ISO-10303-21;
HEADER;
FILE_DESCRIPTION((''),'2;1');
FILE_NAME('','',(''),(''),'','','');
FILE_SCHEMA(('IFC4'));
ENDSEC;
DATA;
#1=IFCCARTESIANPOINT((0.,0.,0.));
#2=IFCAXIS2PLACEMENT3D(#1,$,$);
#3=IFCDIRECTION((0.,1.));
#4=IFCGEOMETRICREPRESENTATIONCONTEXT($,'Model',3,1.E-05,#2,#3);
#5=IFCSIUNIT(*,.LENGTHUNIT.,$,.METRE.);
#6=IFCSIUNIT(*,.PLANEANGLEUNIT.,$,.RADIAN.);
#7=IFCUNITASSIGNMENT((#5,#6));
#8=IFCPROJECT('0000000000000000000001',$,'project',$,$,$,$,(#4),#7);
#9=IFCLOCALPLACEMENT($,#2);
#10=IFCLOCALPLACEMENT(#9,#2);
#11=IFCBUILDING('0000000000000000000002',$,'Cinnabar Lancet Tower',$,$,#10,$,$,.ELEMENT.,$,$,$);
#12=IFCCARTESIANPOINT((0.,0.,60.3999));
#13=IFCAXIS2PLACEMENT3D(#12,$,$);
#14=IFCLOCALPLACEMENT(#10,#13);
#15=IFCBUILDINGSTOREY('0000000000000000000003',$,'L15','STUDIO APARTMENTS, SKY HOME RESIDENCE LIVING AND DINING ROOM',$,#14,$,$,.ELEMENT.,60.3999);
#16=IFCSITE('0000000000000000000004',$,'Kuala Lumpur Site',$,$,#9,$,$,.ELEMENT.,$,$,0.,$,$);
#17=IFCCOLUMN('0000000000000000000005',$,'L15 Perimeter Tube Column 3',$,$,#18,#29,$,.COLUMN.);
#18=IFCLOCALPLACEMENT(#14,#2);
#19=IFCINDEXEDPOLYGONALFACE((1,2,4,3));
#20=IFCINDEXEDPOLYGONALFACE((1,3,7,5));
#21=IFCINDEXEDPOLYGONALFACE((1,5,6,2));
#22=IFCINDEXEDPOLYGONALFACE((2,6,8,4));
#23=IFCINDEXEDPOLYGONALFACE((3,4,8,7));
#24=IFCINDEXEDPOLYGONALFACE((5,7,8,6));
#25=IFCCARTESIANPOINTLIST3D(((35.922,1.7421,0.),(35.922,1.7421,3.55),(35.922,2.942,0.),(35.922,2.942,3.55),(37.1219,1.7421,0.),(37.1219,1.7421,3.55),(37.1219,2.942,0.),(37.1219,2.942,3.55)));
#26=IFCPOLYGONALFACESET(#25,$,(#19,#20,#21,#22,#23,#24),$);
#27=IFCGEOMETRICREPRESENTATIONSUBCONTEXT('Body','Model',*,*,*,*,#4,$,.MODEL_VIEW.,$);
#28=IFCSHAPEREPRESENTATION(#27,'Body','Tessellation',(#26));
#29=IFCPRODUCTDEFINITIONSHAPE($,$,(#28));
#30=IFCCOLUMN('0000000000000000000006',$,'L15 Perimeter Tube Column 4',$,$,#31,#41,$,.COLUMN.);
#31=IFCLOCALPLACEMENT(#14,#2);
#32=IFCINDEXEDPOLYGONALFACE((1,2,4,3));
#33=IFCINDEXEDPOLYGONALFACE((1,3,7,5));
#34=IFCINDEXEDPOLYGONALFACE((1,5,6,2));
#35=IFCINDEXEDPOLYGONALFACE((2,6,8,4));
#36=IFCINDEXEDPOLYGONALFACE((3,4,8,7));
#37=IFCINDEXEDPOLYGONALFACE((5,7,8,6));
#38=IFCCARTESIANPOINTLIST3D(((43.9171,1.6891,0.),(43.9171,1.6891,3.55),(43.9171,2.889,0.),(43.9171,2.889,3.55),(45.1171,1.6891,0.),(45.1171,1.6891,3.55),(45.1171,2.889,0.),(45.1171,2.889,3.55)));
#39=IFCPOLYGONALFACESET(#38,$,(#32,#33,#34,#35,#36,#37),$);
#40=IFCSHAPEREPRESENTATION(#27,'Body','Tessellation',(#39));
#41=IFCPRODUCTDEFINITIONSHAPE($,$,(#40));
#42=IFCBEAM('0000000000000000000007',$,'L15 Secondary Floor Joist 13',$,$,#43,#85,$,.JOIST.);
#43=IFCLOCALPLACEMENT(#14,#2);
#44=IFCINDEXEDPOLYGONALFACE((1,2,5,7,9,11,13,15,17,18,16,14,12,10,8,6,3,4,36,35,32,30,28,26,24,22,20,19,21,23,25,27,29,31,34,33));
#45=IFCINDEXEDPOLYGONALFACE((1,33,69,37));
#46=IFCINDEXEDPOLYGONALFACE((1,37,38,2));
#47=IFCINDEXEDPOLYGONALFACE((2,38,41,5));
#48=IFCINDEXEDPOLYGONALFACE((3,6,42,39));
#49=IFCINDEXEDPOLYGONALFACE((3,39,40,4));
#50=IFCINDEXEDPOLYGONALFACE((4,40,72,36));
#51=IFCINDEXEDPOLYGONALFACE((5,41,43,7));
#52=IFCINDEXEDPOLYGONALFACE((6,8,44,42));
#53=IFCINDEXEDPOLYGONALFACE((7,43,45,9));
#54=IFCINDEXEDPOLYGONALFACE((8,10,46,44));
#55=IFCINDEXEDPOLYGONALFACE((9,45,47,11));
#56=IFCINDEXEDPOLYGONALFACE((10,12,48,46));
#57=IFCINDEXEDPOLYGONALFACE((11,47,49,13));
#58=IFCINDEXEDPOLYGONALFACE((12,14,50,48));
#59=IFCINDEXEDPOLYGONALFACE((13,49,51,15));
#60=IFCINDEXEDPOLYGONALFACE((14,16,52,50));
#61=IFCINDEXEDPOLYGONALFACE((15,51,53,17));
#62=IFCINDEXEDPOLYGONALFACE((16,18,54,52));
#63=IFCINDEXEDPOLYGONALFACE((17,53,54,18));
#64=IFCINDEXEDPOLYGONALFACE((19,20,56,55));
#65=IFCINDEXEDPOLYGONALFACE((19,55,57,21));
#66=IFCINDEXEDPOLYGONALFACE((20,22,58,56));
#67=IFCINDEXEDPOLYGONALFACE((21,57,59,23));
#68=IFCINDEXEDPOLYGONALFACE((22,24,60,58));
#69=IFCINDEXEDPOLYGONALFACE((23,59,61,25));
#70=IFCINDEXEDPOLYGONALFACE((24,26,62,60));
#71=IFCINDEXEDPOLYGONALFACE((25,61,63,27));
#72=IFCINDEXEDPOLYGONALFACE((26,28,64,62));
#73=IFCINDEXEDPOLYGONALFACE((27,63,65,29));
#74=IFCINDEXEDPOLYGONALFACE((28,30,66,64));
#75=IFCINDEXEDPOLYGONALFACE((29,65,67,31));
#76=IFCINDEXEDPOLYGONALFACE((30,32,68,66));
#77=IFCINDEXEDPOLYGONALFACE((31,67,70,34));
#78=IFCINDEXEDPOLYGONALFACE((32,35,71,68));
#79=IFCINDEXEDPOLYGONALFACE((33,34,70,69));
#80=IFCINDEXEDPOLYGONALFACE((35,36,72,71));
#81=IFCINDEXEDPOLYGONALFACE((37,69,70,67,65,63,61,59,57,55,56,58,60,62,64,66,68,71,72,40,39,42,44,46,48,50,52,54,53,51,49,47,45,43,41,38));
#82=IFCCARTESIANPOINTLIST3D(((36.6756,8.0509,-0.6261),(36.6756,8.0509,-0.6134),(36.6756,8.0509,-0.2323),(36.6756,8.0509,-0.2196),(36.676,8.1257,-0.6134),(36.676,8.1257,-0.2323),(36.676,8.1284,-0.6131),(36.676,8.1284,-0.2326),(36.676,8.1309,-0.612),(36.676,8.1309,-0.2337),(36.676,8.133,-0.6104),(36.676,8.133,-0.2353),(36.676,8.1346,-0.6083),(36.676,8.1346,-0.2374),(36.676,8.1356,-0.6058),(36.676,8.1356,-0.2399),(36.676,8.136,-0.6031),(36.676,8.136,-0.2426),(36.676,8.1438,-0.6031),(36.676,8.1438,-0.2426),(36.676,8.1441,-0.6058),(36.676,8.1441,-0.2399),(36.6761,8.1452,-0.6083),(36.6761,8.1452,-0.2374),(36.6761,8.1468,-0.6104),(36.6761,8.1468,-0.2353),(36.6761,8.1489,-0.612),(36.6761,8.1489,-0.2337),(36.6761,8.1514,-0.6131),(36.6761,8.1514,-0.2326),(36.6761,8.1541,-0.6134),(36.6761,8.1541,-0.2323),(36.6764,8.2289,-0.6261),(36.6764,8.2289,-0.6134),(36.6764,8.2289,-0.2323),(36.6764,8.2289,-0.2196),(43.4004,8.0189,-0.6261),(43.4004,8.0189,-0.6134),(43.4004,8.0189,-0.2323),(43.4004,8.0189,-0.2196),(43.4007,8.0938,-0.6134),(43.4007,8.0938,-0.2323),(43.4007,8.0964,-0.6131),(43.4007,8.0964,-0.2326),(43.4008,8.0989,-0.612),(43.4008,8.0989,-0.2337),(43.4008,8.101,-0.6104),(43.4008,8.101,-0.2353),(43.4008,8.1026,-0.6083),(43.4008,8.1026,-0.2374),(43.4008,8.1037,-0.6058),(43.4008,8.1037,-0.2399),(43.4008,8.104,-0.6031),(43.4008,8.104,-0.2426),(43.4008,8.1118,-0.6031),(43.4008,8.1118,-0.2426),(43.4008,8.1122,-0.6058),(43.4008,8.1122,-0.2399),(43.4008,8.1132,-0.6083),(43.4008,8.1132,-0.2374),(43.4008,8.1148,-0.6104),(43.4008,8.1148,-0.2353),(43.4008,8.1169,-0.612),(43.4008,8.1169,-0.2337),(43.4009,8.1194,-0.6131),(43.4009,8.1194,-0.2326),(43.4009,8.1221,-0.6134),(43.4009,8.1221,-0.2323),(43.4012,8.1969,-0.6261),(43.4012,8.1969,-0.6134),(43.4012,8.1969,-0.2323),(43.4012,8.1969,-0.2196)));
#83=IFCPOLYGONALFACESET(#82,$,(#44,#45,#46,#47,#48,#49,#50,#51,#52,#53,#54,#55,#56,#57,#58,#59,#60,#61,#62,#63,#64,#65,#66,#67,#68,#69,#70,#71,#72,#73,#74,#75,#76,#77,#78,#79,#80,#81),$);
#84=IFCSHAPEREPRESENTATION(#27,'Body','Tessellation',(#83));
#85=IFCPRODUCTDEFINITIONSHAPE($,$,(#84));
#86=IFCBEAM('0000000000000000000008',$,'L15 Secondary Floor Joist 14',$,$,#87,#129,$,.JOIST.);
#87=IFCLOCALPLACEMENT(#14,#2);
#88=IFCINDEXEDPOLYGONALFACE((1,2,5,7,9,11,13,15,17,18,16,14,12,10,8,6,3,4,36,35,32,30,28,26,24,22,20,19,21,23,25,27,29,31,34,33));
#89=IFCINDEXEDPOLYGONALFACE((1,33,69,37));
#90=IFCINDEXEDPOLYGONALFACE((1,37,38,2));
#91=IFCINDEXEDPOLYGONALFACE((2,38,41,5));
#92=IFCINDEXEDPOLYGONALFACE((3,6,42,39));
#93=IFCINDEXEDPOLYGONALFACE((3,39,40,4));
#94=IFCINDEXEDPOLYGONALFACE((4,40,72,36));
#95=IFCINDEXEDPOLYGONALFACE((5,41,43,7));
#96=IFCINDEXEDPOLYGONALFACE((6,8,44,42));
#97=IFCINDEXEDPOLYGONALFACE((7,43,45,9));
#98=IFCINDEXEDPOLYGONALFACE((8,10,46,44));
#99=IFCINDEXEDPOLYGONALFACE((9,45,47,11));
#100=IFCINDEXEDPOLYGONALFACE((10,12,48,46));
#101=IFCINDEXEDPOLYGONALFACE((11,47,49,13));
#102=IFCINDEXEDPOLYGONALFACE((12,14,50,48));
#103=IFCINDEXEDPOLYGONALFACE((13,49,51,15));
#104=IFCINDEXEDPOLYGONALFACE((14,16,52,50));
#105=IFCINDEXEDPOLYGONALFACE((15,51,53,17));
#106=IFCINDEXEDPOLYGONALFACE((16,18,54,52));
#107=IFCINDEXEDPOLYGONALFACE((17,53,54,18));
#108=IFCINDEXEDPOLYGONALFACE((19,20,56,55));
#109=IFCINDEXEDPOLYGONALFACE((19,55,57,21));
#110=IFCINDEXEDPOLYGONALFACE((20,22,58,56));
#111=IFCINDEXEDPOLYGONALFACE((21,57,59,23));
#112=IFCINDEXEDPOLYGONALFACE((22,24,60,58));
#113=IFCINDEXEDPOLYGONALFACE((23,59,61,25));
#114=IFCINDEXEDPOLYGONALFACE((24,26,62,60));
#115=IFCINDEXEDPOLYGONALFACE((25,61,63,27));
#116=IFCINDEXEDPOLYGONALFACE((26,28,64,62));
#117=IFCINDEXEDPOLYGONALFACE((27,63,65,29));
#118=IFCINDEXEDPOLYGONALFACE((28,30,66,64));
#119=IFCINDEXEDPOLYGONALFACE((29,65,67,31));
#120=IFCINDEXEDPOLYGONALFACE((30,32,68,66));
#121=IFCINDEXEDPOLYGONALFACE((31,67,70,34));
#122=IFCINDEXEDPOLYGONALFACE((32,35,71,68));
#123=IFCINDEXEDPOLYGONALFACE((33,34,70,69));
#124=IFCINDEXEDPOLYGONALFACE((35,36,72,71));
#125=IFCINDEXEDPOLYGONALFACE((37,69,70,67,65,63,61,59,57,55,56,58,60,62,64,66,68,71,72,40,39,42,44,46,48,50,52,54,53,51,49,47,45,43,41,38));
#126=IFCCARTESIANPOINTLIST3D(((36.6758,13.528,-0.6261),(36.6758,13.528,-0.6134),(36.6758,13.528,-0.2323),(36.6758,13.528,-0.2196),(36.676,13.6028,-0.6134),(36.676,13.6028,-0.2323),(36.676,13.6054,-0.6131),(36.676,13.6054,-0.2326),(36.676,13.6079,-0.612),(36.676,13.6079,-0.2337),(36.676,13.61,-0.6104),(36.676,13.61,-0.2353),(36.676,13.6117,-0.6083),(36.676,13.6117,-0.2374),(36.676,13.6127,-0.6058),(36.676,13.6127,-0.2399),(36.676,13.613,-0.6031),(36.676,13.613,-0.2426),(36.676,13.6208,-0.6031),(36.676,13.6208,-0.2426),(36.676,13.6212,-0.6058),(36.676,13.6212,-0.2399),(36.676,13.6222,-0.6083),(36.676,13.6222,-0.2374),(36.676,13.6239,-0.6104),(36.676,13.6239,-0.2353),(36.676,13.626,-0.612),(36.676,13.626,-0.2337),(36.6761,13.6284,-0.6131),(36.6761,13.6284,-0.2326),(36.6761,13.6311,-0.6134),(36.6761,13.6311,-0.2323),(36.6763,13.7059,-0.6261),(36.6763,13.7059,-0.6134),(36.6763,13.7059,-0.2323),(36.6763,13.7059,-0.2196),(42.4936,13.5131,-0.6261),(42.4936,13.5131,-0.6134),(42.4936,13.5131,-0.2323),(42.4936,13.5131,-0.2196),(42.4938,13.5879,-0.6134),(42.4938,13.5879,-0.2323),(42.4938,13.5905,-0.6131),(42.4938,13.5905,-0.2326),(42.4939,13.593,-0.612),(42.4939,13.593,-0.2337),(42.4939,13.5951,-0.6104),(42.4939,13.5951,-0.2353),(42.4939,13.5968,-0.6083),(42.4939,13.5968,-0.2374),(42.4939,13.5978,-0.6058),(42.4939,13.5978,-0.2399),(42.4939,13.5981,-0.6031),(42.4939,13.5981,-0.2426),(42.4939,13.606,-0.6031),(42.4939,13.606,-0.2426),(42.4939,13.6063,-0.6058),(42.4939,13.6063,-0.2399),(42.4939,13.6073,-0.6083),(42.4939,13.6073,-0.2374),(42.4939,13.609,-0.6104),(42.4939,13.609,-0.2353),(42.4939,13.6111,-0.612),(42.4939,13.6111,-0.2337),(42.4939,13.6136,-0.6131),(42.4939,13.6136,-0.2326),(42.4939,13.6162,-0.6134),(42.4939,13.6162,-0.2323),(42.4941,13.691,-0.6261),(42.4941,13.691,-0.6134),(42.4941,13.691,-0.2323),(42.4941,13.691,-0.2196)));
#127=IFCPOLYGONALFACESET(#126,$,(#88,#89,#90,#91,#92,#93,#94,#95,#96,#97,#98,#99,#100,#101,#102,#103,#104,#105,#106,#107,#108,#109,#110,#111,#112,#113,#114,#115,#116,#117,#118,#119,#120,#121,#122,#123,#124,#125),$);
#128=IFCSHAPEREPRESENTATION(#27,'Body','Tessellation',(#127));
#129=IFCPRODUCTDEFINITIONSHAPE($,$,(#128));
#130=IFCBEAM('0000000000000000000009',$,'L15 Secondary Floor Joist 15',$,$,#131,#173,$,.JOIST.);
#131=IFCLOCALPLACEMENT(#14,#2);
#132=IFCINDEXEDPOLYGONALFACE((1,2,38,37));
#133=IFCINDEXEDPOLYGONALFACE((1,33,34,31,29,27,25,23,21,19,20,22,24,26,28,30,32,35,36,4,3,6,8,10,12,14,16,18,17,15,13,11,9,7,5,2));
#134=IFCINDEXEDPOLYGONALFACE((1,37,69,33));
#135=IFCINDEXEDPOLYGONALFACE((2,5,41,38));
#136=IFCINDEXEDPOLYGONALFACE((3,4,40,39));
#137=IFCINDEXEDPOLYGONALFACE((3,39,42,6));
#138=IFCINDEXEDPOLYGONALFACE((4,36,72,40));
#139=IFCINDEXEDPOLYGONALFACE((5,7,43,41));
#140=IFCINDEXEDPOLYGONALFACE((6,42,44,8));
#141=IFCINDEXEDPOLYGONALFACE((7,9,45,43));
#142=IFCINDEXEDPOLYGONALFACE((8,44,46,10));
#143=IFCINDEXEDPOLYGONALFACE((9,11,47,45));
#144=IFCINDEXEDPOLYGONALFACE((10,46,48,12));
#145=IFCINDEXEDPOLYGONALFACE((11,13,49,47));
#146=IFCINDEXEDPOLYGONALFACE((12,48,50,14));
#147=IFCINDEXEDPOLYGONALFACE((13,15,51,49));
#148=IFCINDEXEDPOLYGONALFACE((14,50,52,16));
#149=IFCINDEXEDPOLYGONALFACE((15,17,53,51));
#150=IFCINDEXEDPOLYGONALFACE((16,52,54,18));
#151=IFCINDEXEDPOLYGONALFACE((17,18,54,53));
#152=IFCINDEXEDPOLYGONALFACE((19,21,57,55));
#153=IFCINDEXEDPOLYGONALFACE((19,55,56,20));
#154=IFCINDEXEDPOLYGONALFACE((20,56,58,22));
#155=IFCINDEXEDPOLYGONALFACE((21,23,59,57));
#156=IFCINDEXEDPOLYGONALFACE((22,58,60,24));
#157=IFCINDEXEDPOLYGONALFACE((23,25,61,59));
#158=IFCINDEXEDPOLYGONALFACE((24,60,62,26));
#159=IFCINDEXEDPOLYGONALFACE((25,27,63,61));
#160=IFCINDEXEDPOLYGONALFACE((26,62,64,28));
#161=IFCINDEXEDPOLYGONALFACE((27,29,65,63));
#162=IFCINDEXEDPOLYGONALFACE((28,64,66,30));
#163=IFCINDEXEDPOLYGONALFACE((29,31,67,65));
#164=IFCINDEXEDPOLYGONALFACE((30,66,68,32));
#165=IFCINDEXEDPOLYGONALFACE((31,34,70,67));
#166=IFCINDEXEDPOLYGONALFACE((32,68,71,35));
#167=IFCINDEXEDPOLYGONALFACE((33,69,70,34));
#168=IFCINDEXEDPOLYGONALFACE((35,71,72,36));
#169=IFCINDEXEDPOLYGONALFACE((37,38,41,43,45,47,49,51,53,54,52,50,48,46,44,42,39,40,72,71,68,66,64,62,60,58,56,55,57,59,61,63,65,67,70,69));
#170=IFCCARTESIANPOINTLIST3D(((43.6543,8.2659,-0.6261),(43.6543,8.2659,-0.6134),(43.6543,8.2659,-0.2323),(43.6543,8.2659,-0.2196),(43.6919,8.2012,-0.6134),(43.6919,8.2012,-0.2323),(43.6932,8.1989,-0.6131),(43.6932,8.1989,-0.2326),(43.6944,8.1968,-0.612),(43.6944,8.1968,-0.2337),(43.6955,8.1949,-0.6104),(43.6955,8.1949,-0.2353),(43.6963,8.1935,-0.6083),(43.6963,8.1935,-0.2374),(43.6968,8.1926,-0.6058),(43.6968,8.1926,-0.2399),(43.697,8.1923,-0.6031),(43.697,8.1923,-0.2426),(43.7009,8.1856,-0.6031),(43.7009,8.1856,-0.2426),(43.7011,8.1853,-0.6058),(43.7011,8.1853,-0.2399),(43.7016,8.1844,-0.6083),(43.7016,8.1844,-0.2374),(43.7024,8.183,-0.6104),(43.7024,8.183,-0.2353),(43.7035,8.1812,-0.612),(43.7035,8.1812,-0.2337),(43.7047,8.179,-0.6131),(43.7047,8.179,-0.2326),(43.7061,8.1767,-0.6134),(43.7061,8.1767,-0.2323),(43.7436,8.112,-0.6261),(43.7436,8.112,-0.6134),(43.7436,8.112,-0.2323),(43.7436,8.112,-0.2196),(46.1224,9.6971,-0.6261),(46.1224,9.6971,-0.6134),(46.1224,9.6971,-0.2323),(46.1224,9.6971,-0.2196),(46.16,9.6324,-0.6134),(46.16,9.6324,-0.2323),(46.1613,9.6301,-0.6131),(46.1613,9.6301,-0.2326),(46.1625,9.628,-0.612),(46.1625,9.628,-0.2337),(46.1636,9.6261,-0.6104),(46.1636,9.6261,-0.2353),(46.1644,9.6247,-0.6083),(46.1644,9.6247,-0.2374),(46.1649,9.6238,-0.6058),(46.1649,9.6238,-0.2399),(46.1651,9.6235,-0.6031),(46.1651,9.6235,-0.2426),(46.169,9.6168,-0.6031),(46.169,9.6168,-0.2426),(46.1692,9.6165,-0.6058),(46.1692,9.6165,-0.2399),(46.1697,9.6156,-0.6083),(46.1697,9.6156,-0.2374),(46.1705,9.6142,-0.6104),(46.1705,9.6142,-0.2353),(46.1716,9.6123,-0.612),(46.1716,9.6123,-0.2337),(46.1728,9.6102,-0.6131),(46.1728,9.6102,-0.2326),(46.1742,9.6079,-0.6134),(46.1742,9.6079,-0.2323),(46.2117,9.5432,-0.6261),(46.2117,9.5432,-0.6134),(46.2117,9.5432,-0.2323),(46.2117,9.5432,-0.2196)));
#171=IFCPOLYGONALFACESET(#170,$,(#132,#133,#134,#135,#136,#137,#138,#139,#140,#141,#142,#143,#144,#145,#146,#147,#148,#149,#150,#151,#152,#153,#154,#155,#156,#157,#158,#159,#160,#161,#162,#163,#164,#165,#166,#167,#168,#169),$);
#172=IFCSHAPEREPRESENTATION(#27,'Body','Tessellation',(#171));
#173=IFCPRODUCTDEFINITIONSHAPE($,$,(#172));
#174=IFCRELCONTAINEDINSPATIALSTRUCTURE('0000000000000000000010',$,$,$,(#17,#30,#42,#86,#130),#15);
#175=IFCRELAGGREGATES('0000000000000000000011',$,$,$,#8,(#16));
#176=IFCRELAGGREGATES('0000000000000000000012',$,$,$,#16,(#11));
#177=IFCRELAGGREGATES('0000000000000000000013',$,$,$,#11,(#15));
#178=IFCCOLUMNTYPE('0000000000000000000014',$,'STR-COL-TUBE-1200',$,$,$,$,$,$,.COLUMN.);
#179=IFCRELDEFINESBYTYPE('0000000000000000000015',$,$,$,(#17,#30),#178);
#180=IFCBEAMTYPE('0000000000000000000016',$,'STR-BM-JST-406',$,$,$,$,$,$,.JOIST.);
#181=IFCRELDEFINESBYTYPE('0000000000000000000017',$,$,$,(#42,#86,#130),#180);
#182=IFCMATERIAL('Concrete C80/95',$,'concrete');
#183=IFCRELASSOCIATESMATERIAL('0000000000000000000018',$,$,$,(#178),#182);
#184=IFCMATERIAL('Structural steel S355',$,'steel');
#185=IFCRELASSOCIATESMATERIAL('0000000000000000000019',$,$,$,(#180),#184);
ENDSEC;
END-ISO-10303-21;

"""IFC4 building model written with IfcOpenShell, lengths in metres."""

from ifc_helpers import new_model, si_unit, direction, frame, origin, origin_2d, place, context, subcontext, project, spatial, rectangle, i_section, extrude, material, material_profile, profile_set, type_object, element, save


model = new_model("IFC4")

# Units and contexts
model_context = context("Model", 3, precision=1e-05, world=origin(), true_north=direction((0.0, 1.0)))
body_context = subcontext(model_context, "Body", "Model", "MODEL_VIEW")
ifc_project = project(units=[si_unit("LENGTHUNIT", "METRE"), si_unit("PLANEANGLEUNIT", "RADIAN")], contexts=[model_context])

# Site, building, storey
site_placement = place(None, origin())
site = spatial("IfcSite", under=ifc_project, at=site_placement, Name="Kuala Lumpur Site", CompositionType="ELEMENT", RefElevation=0.0)
building_placement = place(site_placement, origin())
building = spatial("IfcBuilding", under=site, at=building_placement, Name="Cinnabar Lancet Tower", CompositionType="ELEMENT")
storey_placement = place(building_placement, frame((0.0, 0.0, 60.3999)))
storey = spatial("IfcBuildingStorey", under=building, at=storey_placement, Name="L15", Description="STUDIO APARTMENTS, SKY HOME RESIDENCE LIVING AND DINING ROOM", CompositionType="ELEMENT", Elevation=60.3999)

# Columns
ifc_material_1 = material(Name="Concrete C80/95", Category="concrete")
ifc_material_profile_1 = material_profile(ifc_material_1, rectangle(XDim=1.2, YDim=1.2, at=origin_2d()), Name="RC-COL 1200x1200")
ifc_profile_set_1 = profile_set([ifc_material_profile_1], Name="Concrete C80/95")
column_type = type_object("IfcColumnType", Name="STR-COL-TUBE-1200", PredefinedType="COLUMN", material=ifc_profile_set_1)
for number, where, z_axis, x_axis, name in (
    (1, (36.522, 2.342, 0.0), (0.0, 0.0, 1.0), (1.0, 0.0, 0.0), "L15 Perimeter Tube Column 3"),
    (2, (44.5171, 2.2891, 0.0), (0.0, 0.0, 1.0), (1.0, 0.0, 0.0), "L15 Perimeter Tube Column 4"),
):
    element("IfcColumn", number, at=place(storey_placement, frame(where, z_axis=z_axis, x_axis=x_axis)), inside=storey, type_object=column_type, Name=name, PredefinedType="COLUMN", context=body_context, shape_type="SweptSolid", body=[
        extrude(rectangle(XDim=1.2, YDim=1.2, at=origin_2d()), origin(), (0.0, 0.0, 1.0), 3.55),
    ])

# Beams
ifc_material_2 = material(Name="Structural steel S355", Category="steel")
ifc_material_profile_2 = material_profile(ifc_material_2, i_section(OverallWidth=0.178, OverallDepth=0.4065, WebThickness=0.0078, FlangeThickness=0.0127, FilletRadius=0.0103, at=origin_2d()), Name="UKB 406x178x60")
ifc_profile_set_2 = profile_set([ifc_material_profile_2], Name="Structural steel S355")
beam_type_1 = type_object("IfcBeamType", Name="STR-BM-JST-406", PredefinedType="JOIST", material=ifc_profile_set_2)
beam_1_placement = place(storey_placement, frame((36.676, 8.1399, -0.4229), z_axis=(0.999989, -0.004756, 0.0), x_axis=(0.004756, 0.999989, 0.0)))
element("IfcBeam", 3, at=beam_1_placement, inside=storey, type_object=beam_type_1, Name="L15 Secondary Floor Joist 13", PredefinedType="JOIST", context=body_context, shape_type="SweptSolid", body=[
    extrude(i_section(OverallWidth=0.178, OverallDepth=0.4065, WebThickness=0.0078, FlangeThickness=0.0127, FilletRadius=0.0103, at=origin_2d()), origin(), (0.0, 0.0, 1.0), 6.7249),
])
beam_2_placement = place(storey_placement, frame((36.676, 13.6169, -0.4229), z_axis=(0.999997, -0.00256, 0.0), x_axis=(0.00256, 0.999997, 0.0)))
element("IfcBeam", 4, at=beam_2_placement, inside=storey, type_object=beam_type_1, Name="L15 Secondary Floor Joist 14", PredefinedType="JOIST", context=body_context, shape_type="SweptSolid", body=[
    extrude(i_section(OverallWidth=0.178, OverallDepth=0.4065, WebThickness=0.0078, FlangeThickness=0.0127, FilletRadius=0.0103, at=origin_2d()), origin(), (0.0, 0.0, 1.0), 5.8179),
])
beam_3_placement = place(storey_placement, frame((43.699, 8.189, -0.4229), z_axis=(0.865076, 0.50164, 0.0), x_axis=(-0.50164, 0.865076, 0.0)))
element("IfcBeam", 5, at=beam_3_placement, inside=storey, type_object=beam_type_1, Name="L15 Secondary Floor Joist 15", PredefinedType="JOIST", context=body_context, shape_type="SweptSolid", body=[
    extrude(i_section(OverallWidth=0.178, OverallDepth=0.4065, WebThickness=0.0078, FlangeThickness=0.0127, FilletRadius=0.0103, at=origin_2d()), origin(), (0.0, 0.0, 1.0), 2.853),
])

save(model, "model.ifc")
